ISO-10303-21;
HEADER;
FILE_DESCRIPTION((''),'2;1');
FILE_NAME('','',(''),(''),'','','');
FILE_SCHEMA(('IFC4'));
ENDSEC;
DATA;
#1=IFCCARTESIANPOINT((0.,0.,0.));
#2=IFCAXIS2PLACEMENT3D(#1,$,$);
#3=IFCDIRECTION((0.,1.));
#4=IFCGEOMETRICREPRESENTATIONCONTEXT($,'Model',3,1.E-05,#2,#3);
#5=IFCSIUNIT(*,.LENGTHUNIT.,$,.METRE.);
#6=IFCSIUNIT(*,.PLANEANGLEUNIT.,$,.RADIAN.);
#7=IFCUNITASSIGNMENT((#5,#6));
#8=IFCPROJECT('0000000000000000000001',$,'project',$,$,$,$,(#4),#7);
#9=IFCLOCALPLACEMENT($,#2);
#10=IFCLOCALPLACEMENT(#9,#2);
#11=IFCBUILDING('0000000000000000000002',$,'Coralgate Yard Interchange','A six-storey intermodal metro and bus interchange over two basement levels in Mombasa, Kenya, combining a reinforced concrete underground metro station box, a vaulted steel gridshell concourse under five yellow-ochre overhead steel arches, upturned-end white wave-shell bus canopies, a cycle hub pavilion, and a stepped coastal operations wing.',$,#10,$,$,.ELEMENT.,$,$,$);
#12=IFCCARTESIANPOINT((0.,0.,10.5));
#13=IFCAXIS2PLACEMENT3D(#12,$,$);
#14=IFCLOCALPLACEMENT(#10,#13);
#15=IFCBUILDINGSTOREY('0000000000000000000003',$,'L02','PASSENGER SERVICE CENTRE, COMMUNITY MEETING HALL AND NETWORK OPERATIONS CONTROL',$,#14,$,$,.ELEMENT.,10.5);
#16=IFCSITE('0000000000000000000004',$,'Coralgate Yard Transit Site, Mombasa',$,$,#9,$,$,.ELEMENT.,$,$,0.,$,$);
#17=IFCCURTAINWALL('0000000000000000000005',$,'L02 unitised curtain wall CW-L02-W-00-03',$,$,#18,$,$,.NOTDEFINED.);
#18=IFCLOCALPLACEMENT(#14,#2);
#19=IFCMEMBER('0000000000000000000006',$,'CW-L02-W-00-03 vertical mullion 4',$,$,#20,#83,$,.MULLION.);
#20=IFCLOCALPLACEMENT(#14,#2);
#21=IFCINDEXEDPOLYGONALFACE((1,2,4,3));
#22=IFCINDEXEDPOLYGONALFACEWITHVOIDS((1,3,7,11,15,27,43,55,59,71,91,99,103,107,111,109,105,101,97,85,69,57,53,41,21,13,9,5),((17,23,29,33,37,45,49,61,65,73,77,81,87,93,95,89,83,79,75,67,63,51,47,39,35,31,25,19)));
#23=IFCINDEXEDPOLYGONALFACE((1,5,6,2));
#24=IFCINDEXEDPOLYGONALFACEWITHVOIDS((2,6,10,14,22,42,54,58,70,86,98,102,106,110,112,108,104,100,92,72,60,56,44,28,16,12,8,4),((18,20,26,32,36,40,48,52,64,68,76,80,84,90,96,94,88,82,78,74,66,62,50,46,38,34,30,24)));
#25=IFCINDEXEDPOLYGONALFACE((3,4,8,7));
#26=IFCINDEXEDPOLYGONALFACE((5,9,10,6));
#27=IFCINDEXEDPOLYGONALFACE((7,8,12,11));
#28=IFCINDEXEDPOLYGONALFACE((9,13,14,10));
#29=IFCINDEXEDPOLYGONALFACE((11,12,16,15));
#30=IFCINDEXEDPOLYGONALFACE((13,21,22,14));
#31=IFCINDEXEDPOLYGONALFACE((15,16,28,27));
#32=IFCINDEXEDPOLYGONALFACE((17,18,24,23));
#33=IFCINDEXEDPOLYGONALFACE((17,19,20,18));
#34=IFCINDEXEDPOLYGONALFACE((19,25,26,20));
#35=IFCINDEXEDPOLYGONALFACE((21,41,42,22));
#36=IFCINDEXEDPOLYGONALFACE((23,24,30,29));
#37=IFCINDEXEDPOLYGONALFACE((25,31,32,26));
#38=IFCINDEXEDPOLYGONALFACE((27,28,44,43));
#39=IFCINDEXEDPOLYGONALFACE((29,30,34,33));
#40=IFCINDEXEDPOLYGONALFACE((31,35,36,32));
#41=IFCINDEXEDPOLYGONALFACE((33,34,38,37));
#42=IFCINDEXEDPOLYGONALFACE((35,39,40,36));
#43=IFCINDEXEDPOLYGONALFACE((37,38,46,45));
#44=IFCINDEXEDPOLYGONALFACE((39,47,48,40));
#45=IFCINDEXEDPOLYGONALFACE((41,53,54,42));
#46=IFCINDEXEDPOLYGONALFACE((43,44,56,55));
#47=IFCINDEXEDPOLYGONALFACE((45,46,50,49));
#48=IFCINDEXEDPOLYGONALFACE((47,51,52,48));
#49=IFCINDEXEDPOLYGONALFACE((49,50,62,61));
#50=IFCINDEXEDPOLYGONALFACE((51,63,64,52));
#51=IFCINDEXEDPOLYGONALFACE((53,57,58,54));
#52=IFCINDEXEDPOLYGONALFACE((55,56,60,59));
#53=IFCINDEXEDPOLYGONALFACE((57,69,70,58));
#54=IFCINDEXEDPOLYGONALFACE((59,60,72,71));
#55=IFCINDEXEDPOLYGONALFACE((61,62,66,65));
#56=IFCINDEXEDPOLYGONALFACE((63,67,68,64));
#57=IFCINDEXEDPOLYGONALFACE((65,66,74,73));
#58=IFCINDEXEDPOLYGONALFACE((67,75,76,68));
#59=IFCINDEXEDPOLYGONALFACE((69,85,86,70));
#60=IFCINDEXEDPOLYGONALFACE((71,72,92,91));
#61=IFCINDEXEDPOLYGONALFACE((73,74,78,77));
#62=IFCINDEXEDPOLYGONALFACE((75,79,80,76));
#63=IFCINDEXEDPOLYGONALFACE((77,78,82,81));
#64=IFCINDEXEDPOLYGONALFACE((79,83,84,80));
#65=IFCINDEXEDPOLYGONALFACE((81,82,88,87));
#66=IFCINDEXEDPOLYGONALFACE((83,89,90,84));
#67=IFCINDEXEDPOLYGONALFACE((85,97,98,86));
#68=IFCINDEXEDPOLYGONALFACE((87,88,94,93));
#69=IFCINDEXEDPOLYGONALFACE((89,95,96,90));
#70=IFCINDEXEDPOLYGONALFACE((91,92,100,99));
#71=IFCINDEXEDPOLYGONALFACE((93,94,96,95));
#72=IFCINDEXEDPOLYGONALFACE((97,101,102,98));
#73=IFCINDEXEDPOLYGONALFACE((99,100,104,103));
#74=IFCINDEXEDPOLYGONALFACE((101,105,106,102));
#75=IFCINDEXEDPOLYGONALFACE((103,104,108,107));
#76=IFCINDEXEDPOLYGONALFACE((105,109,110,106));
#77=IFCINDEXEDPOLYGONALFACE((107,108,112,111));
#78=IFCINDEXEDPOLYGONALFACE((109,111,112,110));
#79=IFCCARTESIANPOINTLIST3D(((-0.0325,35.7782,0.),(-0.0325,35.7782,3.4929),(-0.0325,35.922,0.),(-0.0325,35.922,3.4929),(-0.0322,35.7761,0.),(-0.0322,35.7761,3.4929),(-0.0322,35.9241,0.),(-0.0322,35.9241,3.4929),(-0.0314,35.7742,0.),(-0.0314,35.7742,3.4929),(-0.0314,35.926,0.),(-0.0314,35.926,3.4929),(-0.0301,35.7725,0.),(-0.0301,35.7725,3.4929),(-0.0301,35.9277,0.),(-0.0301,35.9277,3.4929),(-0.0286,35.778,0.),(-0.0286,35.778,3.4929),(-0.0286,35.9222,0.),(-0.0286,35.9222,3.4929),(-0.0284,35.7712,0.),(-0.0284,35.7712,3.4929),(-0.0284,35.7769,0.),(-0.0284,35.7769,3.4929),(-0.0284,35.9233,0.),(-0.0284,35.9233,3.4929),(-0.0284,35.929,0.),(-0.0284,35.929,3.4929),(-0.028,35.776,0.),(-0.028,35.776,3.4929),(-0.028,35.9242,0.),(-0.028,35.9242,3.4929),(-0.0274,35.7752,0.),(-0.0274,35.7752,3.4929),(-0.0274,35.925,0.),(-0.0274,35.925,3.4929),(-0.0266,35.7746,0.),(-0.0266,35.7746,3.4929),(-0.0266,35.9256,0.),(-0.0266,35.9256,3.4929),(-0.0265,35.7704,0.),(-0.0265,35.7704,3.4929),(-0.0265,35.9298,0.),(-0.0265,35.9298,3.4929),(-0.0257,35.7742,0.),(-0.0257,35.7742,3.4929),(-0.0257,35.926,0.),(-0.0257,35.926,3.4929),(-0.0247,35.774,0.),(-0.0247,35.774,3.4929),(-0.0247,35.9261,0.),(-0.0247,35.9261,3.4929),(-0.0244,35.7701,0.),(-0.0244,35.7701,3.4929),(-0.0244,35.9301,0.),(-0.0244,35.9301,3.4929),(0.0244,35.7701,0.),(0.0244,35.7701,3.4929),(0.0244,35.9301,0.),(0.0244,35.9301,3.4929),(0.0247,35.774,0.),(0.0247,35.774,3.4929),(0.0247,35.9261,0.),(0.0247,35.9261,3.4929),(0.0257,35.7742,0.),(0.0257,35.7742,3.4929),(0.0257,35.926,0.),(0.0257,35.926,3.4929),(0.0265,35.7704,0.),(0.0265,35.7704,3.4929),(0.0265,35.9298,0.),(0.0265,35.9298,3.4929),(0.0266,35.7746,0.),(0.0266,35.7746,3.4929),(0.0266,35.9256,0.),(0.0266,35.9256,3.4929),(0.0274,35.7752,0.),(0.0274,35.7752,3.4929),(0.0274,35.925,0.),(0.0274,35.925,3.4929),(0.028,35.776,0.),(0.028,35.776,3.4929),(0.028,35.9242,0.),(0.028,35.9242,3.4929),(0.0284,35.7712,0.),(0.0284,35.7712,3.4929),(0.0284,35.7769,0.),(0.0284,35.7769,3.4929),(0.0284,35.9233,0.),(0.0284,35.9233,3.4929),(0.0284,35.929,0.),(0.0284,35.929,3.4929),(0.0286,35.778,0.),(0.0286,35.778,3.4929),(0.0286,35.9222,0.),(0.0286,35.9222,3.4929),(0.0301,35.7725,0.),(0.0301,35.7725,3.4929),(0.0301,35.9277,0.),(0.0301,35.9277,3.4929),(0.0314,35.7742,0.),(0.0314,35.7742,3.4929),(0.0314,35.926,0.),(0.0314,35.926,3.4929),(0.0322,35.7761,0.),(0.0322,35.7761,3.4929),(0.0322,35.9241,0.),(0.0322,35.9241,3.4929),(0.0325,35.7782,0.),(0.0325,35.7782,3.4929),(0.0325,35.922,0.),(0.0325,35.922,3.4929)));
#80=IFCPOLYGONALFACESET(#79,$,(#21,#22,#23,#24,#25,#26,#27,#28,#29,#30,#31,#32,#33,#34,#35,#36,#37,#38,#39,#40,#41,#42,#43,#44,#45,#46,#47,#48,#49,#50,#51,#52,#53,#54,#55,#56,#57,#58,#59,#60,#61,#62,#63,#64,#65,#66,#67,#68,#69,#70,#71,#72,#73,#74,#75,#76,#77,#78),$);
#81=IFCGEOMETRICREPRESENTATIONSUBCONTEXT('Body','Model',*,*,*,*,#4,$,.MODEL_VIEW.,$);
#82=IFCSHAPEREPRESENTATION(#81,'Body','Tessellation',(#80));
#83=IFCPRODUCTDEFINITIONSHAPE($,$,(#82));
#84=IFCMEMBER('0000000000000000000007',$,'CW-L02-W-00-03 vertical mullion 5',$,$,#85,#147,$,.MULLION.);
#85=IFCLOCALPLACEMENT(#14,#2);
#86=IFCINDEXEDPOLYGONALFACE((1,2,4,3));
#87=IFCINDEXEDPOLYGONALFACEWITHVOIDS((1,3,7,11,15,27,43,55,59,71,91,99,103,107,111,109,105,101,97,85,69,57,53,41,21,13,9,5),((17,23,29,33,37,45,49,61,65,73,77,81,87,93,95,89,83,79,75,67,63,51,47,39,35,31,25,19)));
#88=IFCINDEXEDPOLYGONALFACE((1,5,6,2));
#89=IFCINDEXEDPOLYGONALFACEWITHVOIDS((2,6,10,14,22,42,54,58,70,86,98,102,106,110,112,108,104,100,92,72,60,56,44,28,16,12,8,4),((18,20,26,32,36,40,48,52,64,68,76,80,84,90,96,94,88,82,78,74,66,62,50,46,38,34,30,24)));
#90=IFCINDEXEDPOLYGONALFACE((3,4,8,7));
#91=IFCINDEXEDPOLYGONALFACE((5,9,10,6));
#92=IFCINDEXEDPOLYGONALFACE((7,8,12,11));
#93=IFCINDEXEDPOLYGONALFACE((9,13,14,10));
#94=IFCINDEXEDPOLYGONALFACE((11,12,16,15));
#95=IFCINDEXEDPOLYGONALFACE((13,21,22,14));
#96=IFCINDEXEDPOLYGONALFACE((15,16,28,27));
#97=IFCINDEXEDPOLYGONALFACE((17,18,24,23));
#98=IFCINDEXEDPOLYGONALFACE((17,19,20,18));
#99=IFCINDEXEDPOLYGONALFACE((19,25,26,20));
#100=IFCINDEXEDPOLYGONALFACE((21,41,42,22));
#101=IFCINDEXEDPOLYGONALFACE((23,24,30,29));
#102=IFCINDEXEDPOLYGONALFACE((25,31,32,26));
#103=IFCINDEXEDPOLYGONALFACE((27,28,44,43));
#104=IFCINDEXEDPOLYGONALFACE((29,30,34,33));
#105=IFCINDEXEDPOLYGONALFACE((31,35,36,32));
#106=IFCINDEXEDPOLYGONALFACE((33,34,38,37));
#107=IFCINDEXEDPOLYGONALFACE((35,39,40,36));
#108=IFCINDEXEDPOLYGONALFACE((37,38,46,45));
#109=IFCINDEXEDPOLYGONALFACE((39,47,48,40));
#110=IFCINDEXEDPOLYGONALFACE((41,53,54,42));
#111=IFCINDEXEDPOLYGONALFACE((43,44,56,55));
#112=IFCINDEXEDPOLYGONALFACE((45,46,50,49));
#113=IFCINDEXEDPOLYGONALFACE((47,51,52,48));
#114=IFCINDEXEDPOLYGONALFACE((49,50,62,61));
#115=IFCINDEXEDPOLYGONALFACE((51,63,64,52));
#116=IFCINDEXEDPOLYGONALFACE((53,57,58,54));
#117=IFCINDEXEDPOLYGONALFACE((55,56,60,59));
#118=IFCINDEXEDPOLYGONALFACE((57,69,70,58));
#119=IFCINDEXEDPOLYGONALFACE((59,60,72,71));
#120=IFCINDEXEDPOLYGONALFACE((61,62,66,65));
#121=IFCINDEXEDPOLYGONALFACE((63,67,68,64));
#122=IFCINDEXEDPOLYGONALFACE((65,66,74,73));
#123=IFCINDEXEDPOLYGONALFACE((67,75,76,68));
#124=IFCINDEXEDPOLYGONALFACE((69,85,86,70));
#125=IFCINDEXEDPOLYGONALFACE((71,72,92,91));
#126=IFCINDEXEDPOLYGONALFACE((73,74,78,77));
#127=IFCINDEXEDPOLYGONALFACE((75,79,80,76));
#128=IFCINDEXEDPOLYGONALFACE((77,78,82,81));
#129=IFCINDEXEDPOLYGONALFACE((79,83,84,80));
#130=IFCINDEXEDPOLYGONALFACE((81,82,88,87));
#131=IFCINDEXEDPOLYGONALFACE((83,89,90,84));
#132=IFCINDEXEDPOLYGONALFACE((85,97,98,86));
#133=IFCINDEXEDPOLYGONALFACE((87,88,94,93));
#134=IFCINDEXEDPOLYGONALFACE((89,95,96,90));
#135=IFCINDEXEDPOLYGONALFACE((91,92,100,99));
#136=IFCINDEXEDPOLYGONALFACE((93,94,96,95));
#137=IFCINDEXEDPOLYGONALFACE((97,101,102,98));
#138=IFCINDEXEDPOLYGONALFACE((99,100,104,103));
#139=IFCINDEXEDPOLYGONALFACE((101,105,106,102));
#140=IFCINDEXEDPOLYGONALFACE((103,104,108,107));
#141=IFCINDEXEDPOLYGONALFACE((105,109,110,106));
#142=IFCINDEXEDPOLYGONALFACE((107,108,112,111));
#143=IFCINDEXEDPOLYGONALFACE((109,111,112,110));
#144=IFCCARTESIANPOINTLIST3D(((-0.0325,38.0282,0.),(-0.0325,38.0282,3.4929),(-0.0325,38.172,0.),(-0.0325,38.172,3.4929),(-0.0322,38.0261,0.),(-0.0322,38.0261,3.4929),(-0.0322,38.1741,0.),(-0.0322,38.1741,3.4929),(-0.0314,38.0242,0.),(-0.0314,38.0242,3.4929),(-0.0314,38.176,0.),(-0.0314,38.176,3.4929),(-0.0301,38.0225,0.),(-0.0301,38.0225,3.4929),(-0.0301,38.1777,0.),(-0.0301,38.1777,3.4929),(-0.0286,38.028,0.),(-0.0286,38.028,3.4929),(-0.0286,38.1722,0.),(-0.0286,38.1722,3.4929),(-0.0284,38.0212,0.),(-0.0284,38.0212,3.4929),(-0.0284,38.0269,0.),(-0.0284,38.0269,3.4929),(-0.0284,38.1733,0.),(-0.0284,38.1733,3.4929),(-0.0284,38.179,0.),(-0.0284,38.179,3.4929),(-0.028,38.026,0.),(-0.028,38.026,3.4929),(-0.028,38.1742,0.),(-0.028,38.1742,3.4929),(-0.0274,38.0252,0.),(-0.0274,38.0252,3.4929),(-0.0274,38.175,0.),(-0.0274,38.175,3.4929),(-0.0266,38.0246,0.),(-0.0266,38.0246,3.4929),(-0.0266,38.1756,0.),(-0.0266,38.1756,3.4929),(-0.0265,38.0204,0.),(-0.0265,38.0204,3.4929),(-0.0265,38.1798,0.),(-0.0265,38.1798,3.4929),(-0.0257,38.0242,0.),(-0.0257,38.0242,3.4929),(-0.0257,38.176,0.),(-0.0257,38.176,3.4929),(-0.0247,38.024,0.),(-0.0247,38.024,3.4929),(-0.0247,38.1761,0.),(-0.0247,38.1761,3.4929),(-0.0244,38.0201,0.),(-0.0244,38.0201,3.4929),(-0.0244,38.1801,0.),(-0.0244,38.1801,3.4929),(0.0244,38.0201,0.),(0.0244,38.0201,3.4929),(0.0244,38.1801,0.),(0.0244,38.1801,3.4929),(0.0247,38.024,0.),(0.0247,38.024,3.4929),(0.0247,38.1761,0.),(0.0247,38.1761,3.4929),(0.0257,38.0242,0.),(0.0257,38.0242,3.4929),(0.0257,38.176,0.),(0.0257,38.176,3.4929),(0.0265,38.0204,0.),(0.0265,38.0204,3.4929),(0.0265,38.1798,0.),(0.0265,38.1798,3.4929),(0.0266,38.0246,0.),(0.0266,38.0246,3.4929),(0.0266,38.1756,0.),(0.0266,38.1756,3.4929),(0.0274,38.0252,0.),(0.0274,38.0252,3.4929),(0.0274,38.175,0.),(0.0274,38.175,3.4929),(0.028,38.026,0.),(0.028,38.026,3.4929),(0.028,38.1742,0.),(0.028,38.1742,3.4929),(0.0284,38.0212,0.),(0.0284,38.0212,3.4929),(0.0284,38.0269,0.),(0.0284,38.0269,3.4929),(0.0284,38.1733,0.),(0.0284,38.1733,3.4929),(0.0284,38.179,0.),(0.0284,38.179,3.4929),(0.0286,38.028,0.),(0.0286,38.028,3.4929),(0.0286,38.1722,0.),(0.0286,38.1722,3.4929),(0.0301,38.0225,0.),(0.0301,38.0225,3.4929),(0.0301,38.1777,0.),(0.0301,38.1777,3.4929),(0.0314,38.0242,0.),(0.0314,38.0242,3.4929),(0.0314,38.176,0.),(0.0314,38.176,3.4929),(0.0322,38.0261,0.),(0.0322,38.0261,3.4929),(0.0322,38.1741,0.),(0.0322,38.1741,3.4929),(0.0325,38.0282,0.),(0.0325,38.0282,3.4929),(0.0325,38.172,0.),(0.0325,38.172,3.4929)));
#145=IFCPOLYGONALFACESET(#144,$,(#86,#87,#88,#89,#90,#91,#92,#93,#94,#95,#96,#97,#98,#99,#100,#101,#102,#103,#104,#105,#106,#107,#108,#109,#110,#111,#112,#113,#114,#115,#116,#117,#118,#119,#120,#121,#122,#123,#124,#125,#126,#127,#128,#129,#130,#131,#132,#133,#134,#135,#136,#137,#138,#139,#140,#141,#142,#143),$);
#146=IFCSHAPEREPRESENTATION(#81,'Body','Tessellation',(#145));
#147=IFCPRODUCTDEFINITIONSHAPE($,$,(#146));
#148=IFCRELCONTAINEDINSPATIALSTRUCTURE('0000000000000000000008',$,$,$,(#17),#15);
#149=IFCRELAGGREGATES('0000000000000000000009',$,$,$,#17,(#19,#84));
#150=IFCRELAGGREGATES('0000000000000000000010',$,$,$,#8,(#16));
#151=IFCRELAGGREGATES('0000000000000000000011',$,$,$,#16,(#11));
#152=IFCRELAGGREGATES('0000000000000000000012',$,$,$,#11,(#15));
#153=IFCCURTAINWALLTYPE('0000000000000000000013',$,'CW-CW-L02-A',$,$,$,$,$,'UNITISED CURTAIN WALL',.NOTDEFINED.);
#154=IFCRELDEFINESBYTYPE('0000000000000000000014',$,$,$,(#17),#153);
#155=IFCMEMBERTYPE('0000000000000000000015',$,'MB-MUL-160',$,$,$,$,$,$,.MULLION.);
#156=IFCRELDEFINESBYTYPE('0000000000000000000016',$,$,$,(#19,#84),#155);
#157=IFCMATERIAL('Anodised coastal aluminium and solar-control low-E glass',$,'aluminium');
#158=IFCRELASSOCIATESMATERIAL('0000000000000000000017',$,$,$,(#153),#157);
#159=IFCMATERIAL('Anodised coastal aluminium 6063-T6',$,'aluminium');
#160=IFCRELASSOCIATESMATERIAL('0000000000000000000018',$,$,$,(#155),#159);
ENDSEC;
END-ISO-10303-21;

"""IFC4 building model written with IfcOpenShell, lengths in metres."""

from ifc_helpers import new_model, si_unit, direction, frame, origin, origin_2d, place, context, subcontext, project, spatial, hollow_rectangle, extrude, material, material_profile, profile_set, type_object, element, aggregate, save


model = new_model("IFC4")

# Units and contexts
model_context = context("Model", 3, precision=1e-05, world=origin(), true_north=direction((0.0, 1.0)))
body_context = subcontext(model_context, "Body", "Model", "MODEL_VIEW")
ifc_project = project(units=[si_unit("LENGTHUNIT", "METRE"), si_unit("PLANEANGLEUNIT", "RADIAN")], contexts=[model_context])

# Site, building, storey
site_placement = place(None, origin())
site = spatial("IfcSite", under=ifc_project, at=site_placement, Name="Coralgate Yard Transit Site, Mombasa", CompositionType="ELEMENT", RefElevation=0.0)
building_placement = place(site_placement, origin())
building = spatial("IfcBuilding", under=site, at=building_placement, Name="Coralgate Yard Interchange", Description="A six-storey intermodal metro and bus interchange over two basement levels in Mombasa, Kenya, combining a reinforced concrete underground metro station box, a vaulted steel gridshell concourse under five yellow-ochre overhead steel arches, upturned-end white wave-shell bus canopies, a cycle hub pavilion, and a stepped coastal operations wing.", CompositionType="ELEMENT")
storey_placement = place(building_placement, frame((0.0, 0.0, 10.5)))
storey = spatial("IfcBuildingStorey", under=building, at=storey_placement, Name="L02", Description="PASSENGER SERVICE CENTRE, COMMUNITY MEETING HALL AND NETWORK OPERATIONS CONTROL", CompositionType="ELEMENT", Elevation=10.5)

# Curtain wall, members
ifc_material_1 = material(Name="Anodised coastal aluminium and solar-control low-E glass", Category="aluminium")
curtain_wall_type = type_object("IfcCurtainWallType", Name="CW-CW-L02-A", ElementType="UNITISED CURTAIN WALL", PredefinedType="NOTDEFINED", material=ifc_material_1)
curtain_wall_placement = place(storey_placement, origin())
curtain_wall = element("IfcCurtainWall", 1, at=curtain_wall_placement, inside=storey, type_object=curtain_wall_type, Name="L02 unitised curtain wall CW-L02-W-00-03", PredefinedType="NOTDEFINED")
ifc_material_2 = material(Name="Anodised coastal aluminium 6063-T6", Category="aluminium")
ifc_material_profile_1 = material_profile(ifc_material_2, hollow_rectangle(XDim=0.0649, YDim=0.1599, WallThickness=0.0039, InnerFilletRadius=0.0039, OuterFilletRadius=0.0081, at=origin_2d()), Name="ALU 65x160x4")
ifc_profile_set_1 = profile_set([ifc_material_profile_1], Name="Anodised coastal aluminium 6063-T6")
member_type_1 = type_object("IfcMemberType", Name="MB-MUL-160", PredefinedType="MULLION", material=ifc_profile_set_1)
member_1_placement = place(storey_placement, frame((0.0, 35.8501, 0.0), z_axis=(0.0, 0.0, 1.0), x_axis=(1.0, 0.0, 0.0)))
member_1 = element("IfcMember", 2, at=member_1_placement, type_object=member_type_1, Name="CW-L02-W-00-03 vertical mullion 4", PredefinedType="MULLION", context=body_context, shape_type="SweptSolid", body=[
    extrude(hollow_rectangle(XDim=0.0649, YDim=0.1599, WallThickness=0.0039, InnerFilletRadius=0.0039, OuterFilletRadius=0.0081, at=origin_2d()), origin(), (0.0, 0.0, 1.0), 3.4929),
])
member_2_placement = place(storey_placement, frame((0.0, 38.1001, 0.0), z_axis=(0.0, 0.0, 1.0), x_axis=(1.0, 0.0, 0.0)))
member_2 = element("IfcMember", 3, at=member_2_placement, type_object=member_type_1, Name="CW-L02-W-00-03 vertical mullion 5", PredefinedType="MULLION", context=body_context, shape_type="SweptSolid", body=[
    extrude(hollow_rectangle(XDim=0.0649, YDim=0.1599, WallThickness=0.0039, InnerFilletRadius=0.0039, OuterFilletRadius=0.0081, at=origin_2d()), origin(), (0.0, 0.0, 1.0), 3.4929),
])
aggregate(curtain_wall, [member_1, member_2])

save(model, "model.ifc")
